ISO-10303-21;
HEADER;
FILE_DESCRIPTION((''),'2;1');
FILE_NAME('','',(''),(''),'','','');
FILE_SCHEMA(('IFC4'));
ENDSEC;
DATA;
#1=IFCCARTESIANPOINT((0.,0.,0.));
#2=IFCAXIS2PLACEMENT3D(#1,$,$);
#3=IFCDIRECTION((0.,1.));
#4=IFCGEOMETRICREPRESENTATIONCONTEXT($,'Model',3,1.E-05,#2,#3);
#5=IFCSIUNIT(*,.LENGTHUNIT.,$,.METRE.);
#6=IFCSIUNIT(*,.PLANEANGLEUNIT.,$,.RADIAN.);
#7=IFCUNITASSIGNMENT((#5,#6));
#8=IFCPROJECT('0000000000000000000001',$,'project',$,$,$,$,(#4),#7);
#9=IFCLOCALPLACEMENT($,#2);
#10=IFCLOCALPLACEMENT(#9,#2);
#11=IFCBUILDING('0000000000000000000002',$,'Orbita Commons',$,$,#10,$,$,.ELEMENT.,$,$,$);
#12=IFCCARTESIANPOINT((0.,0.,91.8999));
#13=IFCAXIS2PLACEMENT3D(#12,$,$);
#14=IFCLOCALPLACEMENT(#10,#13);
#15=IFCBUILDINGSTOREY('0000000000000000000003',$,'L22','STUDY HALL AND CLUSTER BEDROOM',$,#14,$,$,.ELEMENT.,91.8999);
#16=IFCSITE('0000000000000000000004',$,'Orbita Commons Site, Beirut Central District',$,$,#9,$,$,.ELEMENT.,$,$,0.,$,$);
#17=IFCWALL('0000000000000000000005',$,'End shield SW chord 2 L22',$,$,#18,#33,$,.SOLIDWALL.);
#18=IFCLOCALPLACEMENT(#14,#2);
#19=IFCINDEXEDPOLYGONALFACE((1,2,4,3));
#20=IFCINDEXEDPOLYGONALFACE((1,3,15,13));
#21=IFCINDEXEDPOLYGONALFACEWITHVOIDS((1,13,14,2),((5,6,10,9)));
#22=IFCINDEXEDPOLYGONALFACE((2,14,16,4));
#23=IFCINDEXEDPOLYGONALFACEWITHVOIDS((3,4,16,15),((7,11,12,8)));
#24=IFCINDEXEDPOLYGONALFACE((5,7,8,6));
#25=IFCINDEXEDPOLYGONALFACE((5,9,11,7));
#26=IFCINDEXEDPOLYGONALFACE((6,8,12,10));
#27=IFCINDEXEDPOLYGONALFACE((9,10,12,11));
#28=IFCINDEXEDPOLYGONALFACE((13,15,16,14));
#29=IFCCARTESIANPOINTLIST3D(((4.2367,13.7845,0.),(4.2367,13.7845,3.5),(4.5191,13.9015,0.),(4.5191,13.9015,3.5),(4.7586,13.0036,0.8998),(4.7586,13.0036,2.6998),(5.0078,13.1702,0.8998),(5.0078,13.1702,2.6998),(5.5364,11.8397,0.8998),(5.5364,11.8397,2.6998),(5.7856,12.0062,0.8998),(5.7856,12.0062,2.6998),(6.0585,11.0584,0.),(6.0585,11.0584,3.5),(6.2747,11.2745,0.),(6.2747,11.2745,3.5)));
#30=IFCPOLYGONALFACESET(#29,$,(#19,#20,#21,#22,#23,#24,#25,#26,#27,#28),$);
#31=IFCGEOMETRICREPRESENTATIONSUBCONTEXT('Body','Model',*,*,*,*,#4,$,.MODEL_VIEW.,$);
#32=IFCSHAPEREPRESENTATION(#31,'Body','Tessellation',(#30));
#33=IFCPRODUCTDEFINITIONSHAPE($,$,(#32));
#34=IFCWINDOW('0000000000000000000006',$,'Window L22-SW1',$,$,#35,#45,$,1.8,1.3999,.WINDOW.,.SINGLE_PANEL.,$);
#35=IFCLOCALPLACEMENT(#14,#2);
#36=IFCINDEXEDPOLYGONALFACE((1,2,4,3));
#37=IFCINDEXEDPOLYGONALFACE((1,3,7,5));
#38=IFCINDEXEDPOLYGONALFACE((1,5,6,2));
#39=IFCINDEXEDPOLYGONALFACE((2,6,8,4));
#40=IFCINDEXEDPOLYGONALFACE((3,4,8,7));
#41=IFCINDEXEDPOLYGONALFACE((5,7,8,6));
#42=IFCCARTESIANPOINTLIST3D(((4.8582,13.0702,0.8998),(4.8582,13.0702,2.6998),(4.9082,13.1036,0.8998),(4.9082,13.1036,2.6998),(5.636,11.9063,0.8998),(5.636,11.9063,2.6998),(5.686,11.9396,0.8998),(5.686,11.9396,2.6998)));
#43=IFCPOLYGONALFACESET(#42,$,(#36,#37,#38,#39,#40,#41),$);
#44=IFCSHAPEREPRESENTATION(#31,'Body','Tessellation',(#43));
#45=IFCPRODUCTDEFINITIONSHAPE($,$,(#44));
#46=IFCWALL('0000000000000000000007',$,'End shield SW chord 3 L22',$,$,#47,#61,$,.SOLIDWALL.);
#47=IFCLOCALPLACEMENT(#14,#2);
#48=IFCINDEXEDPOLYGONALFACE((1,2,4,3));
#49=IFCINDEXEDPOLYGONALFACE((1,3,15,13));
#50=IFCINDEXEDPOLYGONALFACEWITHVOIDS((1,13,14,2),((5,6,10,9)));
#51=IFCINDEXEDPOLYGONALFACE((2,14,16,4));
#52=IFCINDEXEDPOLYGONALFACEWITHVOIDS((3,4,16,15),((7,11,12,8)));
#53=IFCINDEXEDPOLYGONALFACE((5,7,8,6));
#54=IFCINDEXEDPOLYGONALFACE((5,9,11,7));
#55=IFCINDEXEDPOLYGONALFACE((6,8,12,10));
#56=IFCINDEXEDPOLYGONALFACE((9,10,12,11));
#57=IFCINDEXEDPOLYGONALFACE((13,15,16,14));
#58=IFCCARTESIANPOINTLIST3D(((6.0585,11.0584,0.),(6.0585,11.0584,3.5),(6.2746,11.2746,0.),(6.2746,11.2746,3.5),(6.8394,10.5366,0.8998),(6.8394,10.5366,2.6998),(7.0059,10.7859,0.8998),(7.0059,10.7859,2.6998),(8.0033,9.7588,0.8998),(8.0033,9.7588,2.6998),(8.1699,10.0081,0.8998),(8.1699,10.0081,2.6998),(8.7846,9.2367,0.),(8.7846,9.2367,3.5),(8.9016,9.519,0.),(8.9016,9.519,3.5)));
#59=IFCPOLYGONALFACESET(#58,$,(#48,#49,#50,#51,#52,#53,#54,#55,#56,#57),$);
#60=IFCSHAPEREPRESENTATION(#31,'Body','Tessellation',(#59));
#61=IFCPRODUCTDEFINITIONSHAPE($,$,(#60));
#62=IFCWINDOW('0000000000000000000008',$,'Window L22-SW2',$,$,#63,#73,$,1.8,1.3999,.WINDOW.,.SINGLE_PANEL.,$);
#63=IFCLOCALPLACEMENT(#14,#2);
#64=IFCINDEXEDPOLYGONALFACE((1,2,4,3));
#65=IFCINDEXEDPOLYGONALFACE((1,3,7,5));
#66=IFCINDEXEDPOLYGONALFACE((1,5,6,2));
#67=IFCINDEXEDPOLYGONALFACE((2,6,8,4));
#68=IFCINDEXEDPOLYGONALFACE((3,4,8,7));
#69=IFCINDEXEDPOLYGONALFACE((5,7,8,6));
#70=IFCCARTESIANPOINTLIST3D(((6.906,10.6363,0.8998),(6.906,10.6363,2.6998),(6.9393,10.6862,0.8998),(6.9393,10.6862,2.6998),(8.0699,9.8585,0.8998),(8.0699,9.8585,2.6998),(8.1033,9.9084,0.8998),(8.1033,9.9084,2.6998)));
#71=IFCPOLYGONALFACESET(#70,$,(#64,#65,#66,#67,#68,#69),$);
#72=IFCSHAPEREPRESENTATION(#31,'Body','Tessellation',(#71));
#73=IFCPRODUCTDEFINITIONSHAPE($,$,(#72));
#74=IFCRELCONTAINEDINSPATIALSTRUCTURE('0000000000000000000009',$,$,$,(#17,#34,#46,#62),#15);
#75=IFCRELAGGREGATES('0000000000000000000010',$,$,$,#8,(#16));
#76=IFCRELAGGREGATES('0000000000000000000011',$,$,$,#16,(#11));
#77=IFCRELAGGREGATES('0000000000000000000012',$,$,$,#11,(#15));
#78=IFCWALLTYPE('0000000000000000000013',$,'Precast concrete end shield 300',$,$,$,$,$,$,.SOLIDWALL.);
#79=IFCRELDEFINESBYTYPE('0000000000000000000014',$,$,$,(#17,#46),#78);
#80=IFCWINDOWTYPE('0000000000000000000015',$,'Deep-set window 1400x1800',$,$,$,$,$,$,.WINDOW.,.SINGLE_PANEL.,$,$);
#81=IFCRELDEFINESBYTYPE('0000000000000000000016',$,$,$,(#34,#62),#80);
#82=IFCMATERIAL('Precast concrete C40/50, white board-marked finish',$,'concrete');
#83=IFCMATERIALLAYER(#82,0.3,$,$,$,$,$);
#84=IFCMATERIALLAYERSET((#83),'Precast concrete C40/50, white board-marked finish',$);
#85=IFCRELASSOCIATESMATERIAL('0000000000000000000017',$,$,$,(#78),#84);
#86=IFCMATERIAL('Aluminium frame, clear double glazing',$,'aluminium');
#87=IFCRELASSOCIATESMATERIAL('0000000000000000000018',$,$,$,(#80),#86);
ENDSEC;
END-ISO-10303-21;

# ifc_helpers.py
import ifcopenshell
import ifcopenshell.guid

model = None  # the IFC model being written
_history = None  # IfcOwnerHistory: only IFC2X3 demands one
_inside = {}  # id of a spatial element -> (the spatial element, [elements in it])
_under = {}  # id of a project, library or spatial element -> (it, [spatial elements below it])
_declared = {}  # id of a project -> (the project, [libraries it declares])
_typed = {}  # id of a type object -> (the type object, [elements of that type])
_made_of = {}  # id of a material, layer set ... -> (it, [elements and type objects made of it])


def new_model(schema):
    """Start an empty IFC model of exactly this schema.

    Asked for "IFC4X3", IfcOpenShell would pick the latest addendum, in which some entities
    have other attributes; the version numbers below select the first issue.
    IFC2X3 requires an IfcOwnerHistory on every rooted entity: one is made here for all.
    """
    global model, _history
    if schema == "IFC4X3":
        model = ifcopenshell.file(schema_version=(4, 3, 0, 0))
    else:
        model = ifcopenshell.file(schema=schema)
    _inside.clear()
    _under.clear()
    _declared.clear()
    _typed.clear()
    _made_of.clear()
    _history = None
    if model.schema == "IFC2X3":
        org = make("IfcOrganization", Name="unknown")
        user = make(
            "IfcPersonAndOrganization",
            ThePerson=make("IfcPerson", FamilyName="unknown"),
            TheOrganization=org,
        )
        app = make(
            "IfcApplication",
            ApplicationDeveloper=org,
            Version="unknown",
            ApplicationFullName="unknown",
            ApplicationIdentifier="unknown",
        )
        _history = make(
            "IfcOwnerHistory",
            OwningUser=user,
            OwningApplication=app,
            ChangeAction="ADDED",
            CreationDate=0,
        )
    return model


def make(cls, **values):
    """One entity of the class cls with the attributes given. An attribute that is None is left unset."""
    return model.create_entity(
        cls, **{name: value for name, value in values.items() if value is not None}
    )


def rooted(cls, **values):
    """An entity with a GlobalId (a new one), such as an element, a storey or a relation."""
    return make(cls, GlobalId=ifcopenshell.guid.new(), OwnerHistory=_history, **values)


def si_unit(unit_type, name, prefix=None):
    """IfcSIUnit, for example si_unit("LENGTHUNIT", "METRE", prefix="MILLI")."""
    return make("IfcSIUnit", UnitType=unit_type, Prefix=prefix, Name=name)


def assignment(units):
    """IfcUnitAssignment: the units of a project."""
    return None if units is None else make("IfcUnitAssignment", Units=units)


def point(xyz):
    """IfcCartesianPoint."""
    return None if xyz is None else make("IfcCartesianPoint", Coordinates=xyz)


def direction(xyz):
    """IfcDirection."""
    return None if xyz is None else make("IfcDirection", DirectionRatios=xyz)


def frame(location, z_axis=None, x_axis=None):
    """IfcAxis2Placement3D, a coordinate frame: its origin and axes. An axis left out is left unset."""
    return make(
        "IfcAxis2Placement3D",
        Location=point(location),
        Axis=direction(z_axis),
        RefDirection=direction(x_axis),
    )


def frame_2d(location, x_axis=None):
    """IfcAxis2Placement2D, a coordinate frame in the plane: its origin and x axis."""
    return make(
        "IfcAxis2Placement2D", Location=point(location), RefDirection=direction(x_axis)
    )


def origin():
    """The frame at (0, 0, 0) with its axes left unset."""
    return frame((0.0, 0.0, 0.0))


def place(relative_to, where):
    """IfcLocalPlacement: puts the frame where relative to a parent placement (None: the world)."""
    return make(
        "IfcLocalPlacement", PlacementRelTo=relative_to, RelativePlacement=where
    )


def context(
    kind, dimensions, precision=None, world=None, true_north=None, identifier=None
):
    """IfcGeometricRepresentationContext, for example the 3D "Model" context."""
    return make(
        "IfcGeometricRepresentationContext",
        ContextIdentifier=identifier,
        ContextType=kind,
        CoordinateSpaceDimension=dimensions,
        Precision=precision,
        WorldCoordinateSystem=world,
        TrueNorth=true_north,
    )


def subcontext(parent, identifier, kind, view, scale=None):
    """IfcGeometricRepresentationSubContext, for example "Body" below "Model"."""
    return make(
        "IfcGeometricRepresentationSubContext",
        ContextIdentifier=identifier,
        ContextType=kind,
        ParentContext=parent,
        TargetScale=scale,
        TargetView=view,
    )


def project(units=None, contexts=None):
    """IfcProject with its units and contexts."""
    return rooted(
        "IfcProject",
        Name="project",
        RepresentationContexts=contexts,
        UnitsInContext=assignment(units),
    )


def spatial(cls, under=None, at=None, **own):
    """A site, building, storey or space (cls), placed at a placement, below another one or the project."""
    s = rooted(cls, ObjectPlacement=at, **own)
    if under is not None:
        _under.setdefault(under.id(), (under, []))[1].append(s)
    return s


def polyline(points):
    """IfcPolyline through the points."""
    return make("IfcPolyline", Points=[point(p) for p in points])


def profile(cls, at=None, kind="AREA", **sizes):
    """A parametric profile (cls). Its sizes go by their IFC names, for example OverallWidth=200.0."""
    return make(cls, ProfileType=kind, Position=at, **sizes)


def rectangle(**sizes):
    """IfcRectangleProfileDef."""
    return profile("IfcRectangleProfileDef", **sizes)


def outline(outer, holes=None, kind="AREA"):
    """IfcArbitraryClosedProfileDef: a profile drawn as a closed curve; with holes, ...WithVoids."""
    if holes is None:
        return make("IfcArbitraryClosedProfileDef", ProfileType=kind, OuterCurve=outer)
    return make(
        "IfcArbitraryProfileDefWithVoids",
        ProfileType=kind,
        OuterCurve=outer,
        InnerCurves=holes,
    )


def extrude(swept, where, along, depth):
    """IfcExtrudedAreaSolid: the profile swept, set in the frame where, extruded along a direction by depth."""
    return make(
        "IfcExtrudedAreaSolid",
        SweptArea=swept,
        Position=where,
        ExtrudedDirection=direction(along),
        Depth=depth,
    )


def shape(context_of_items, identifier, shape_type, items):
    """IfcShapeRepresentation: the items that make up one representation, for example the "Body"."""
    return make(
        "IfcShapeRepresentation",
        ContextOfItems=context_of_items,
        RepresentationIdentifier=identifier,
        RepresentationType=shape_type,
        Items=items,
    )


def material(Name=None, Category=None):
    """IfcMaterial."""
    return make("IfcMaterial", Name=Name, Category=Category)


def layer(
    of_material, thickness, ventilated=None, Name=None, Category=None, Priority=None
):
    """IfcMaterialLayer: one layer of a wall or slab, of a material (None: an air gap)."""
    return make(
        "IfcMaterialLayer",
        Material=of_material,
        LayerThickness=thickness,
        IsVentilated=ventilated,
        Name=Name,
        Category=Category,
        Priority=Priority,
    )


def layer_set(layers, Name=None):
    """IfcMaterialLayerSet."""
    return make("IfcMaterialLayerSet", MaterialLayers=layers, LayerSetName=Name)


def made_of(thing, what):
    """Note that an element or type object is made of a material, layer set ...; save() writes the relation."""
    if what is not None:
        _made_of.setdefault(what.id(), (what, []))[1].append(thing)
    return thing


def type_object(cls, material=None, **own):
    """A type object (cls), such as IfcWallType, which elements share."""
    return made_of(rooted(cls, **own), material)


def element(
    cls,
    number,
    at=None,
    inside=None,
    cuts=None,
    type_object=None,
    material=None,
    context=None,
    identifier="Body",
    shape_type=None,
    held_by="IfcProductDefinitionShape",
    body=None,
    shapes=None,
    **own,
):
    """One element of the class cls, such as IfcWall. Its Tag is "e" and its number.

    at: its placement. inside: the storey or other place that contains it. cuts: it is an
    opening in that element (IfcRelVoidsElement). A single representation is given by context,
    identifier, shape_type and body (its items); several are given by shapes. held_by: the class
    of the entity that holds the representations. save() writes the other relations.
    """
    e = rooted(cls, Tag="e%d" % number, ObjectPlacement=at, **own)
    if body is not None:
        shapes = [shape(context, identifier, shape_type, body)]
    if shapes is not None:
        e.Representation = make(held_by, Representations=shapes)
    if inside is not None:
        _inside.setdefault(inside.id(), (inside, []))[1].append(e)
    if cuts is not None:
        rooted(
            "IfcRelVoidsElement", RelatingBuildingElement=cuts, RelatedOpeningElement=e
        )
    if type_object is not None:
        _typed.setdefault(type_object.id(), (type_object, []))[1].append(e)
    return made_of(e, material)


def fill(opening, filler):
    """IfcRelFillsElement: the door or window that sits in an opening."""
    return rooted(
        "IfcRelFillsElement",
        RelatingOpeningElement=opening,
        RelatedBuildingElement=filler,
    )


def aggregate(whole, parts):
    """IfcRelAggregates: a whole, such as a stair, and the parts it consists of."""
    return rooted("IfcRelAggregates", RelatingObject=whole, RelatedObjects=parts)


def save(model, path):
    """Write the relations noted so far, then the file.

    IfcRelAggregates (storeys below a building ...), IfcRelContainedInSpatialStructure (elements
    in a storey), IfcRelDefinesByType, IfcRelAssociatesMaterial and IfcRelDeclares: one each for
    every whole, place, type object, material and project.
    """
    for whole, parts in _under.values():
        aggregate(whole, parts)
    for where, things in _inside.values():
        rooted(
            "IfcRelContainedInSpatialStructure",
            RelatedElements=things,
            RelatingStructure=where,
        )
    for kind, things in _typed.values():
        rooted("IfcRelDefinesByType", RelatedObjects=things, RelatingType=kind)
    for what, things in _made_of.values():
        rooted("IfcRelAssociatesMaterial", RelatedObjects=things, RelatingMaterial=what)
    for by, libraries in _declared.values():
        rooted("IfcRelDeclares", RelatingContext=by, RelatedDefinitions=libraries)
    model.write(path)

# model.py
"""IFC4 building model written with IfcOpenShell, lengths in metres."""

from ifc_helpers import new_model, si_unit, direction, frame, frame_2d, origin, place, context, subcontext, project, spatial, polyline, rectangle, outline, extrude, material, layer, layer_set, type_object, element, fill, save


model = new_model("IFC4")

# Units and contexts
model_context = context("Model", 3, precision=1e-05, world=origin(), true_north=direction((0.0, 1.0)))
body_context = subcontext(model_context, "Body", "Model", "MODEL_VIEW")
ifc_project = project(units=[si_unit("LENGTHUNIT", "METRE"), si_unit("PLANEANGLEUNIT", "RADIAN")], contexts=[model_context])

# Site, building, storey
site_placement = place(None, origin())
site = spatial("IfcSite", under=ifc_project, at=site_placement, Name="Orbita Commons Site, Beirut Central District", CompositionType="ELEMENT", RefElevation=0.0)
building_placement = place(site_placement, origin())
building = spatial("IfcBuilding", under=site, at=building_placement, Name="Orbita Commons", CompositionType="ELEMENT")
storey_placement = place(building_placement, frame((0.0, 0.0, 91.8999)))
storey = spatial("IfcBuildingStorey", under=building, at=storey_placement, Name="L22", Description="STUDY HALL AND CLUSTER BEDROOM", CompositionType="ELEMENT", Elevation=91.8999)

# Walls, openings, windows
ifc_material_1 = material(Name="Precast concrete C40/50, white board-marked finish", Category="concrete")
ifc_layer_1 = layer(ifc_material_1, 0.3)
ifc_layer_set_1 = layer_set([ifc_layer_1], Name="Precast concrete C40/50, white board-marked finish")
wall_type_1 = type_object("IfcWallType", Name="Precast concrete end shield 300", PredefinedType="SOLIDWALL", material=ifc_layer_set_1)
ifc_material_2 = material(Name="Aluminium frame, clear double glazing", Category="aluminium")
window_type = type_object("IfcWindowType", Name="Deep-set window 1400x1800", PartitioningType="SINGLE_PANEL", PredefinedType="WINDOW", material=ifc_material_2)
wall_1_placement = place(storey_placement, frame((4.3779, 13.843, 0.0), z_axis=(0.0, 0.0, 1.0), x_axis=(0.55561, -0.831443, 0.0)))
wall_1 = element("IfcWall", 1, at=wall_1_placement, inside=storey, type_object=wall_type_1, Name="End shield SW chord 2 L22", PredefinedType="SOLIDWALL", context=body_context, shape_type="SweptSolid", body=[
    extrude(outline(polyline([(-0.0298, -0.1499), (3.249, -0.1499), (3.1895, 0.1499), (0.0298, 0.1499), (-0.0298, -0.1499)])), origin(), (0.0, 0.0, 1.0), 3.5),
])
opening_1_placement = place(wall_1_placement, frame((0.9094, 0.0, 0.8999)))
opening_1 = element("IfcOpeningElement", 2, at=opening_1_placement, cuts=wall_1, PredefinedType="OPENING", context=body_context, shape_type="SweptSolid", body=[
    extrude(rectangle(XDim=1.3999, YDim=1.8, at=frame_2d((0.7, 0.8999))), frame((0.0, 0.1599, 0.0), z_axis=(0.0, -1.0, 0.0), x_axis=(1.0, 0.0, 0.0)), (0.0, 0.0, 1.0), 0.3201),
])
window_1_placement = place(opening_1_placement, origin())
window_1 = element("IfcWindow", 3, at=window_1_placement, inside=storey, type_object=window_type, Name="Window L22-SW1", OverallHeight=1.8, OverallWidth=1.3999, PartitioningType="SINGLE_PANEL", PredefinedType="WINDOW", context=body_context, shape_type="SweptSolid", body=[
    extrude(rectangle(XDim=1.3999, YDim=1.8, at=frame_2d((0.7, 0.8999))), frame((0.0, 0.03, 0.0), z_axis=(0.0, -1.0, 0.0), x_axis=(1.0, 0.0, 0.0)), (0.0, 0.0, 1.0), 0.0601),
])
fill(opening_1, window_1)
wall_2_placement = place(storey_placement, frame((6.1665, 11.1665, 0.0), z_axis=(0.0, 0.0, 1.0), x_axis=(0.831443, -0.55561, 0.0)))
wall_2 = element("IfcWall", 4, at=wall_2_placement, inside=storey, type_object=wall_type_1, Name="End shield SW chord 3 L22", PredefinedType="SOLIDWALL", context=body_context, shape_type="SweptSolid", body=[
    extrude(outline(polyline([(-0.0298, -0.1499), (3.249, -0.1499), (3.1895, 0.1499), (0.0298, 0.1499), (-0.0298, -0.1499)])), origin(), (0.0, 0.0, 1.0), 3.5),
])
opening_2_placement = place(wall_2_placement, frame((0.9094, 0.0, 0.8999)))
opening_2 = element("IfcOpeningElement", 5, at=opening_2_placement, cuts=wall_2, PredefinedType="OPENING", context=body_context, shape_type="SweptSolid", body=[
    extrude(rectangle(XDim=1.3999, YDim=1.8, at=frame_2d((0.7, 0.8999))), frame((0.0, 0.1599, 0.0), z_axis=(0.0, -1.0, 0.0), x_axis=(1.0, 0.0, 0.0)), (0.0, 0.0, 1.0), 0.3201),
])
window_2_placement = place(opening_2_placement, origin())
window_2 = element("IfcWindow", 6, at=window_2_placement, inside=storey, type_object=window_type, Name="Window L22-SW2", OverallHeight=1.8, OverallWidth=1.3999, PartitioningType="SINGLE_PANEL", PredefinedType="WINDOW", context=body_context, shape_type="SweptSolid", body=[
    extrude(rectangle(XDim=1.3999, YDim=1.8, at=frame_2d((0.7, 0.8999))), frame((0.0, 0.03, 0.0), z_axis=(0.0, -1.0, 0.0), x_axis=(1.0, 0.0, 0.0)), (0.0, 0.0, 1.0), 0.0601),
])
fill(opening_2, window_2)

save(model, "model.ifc")
